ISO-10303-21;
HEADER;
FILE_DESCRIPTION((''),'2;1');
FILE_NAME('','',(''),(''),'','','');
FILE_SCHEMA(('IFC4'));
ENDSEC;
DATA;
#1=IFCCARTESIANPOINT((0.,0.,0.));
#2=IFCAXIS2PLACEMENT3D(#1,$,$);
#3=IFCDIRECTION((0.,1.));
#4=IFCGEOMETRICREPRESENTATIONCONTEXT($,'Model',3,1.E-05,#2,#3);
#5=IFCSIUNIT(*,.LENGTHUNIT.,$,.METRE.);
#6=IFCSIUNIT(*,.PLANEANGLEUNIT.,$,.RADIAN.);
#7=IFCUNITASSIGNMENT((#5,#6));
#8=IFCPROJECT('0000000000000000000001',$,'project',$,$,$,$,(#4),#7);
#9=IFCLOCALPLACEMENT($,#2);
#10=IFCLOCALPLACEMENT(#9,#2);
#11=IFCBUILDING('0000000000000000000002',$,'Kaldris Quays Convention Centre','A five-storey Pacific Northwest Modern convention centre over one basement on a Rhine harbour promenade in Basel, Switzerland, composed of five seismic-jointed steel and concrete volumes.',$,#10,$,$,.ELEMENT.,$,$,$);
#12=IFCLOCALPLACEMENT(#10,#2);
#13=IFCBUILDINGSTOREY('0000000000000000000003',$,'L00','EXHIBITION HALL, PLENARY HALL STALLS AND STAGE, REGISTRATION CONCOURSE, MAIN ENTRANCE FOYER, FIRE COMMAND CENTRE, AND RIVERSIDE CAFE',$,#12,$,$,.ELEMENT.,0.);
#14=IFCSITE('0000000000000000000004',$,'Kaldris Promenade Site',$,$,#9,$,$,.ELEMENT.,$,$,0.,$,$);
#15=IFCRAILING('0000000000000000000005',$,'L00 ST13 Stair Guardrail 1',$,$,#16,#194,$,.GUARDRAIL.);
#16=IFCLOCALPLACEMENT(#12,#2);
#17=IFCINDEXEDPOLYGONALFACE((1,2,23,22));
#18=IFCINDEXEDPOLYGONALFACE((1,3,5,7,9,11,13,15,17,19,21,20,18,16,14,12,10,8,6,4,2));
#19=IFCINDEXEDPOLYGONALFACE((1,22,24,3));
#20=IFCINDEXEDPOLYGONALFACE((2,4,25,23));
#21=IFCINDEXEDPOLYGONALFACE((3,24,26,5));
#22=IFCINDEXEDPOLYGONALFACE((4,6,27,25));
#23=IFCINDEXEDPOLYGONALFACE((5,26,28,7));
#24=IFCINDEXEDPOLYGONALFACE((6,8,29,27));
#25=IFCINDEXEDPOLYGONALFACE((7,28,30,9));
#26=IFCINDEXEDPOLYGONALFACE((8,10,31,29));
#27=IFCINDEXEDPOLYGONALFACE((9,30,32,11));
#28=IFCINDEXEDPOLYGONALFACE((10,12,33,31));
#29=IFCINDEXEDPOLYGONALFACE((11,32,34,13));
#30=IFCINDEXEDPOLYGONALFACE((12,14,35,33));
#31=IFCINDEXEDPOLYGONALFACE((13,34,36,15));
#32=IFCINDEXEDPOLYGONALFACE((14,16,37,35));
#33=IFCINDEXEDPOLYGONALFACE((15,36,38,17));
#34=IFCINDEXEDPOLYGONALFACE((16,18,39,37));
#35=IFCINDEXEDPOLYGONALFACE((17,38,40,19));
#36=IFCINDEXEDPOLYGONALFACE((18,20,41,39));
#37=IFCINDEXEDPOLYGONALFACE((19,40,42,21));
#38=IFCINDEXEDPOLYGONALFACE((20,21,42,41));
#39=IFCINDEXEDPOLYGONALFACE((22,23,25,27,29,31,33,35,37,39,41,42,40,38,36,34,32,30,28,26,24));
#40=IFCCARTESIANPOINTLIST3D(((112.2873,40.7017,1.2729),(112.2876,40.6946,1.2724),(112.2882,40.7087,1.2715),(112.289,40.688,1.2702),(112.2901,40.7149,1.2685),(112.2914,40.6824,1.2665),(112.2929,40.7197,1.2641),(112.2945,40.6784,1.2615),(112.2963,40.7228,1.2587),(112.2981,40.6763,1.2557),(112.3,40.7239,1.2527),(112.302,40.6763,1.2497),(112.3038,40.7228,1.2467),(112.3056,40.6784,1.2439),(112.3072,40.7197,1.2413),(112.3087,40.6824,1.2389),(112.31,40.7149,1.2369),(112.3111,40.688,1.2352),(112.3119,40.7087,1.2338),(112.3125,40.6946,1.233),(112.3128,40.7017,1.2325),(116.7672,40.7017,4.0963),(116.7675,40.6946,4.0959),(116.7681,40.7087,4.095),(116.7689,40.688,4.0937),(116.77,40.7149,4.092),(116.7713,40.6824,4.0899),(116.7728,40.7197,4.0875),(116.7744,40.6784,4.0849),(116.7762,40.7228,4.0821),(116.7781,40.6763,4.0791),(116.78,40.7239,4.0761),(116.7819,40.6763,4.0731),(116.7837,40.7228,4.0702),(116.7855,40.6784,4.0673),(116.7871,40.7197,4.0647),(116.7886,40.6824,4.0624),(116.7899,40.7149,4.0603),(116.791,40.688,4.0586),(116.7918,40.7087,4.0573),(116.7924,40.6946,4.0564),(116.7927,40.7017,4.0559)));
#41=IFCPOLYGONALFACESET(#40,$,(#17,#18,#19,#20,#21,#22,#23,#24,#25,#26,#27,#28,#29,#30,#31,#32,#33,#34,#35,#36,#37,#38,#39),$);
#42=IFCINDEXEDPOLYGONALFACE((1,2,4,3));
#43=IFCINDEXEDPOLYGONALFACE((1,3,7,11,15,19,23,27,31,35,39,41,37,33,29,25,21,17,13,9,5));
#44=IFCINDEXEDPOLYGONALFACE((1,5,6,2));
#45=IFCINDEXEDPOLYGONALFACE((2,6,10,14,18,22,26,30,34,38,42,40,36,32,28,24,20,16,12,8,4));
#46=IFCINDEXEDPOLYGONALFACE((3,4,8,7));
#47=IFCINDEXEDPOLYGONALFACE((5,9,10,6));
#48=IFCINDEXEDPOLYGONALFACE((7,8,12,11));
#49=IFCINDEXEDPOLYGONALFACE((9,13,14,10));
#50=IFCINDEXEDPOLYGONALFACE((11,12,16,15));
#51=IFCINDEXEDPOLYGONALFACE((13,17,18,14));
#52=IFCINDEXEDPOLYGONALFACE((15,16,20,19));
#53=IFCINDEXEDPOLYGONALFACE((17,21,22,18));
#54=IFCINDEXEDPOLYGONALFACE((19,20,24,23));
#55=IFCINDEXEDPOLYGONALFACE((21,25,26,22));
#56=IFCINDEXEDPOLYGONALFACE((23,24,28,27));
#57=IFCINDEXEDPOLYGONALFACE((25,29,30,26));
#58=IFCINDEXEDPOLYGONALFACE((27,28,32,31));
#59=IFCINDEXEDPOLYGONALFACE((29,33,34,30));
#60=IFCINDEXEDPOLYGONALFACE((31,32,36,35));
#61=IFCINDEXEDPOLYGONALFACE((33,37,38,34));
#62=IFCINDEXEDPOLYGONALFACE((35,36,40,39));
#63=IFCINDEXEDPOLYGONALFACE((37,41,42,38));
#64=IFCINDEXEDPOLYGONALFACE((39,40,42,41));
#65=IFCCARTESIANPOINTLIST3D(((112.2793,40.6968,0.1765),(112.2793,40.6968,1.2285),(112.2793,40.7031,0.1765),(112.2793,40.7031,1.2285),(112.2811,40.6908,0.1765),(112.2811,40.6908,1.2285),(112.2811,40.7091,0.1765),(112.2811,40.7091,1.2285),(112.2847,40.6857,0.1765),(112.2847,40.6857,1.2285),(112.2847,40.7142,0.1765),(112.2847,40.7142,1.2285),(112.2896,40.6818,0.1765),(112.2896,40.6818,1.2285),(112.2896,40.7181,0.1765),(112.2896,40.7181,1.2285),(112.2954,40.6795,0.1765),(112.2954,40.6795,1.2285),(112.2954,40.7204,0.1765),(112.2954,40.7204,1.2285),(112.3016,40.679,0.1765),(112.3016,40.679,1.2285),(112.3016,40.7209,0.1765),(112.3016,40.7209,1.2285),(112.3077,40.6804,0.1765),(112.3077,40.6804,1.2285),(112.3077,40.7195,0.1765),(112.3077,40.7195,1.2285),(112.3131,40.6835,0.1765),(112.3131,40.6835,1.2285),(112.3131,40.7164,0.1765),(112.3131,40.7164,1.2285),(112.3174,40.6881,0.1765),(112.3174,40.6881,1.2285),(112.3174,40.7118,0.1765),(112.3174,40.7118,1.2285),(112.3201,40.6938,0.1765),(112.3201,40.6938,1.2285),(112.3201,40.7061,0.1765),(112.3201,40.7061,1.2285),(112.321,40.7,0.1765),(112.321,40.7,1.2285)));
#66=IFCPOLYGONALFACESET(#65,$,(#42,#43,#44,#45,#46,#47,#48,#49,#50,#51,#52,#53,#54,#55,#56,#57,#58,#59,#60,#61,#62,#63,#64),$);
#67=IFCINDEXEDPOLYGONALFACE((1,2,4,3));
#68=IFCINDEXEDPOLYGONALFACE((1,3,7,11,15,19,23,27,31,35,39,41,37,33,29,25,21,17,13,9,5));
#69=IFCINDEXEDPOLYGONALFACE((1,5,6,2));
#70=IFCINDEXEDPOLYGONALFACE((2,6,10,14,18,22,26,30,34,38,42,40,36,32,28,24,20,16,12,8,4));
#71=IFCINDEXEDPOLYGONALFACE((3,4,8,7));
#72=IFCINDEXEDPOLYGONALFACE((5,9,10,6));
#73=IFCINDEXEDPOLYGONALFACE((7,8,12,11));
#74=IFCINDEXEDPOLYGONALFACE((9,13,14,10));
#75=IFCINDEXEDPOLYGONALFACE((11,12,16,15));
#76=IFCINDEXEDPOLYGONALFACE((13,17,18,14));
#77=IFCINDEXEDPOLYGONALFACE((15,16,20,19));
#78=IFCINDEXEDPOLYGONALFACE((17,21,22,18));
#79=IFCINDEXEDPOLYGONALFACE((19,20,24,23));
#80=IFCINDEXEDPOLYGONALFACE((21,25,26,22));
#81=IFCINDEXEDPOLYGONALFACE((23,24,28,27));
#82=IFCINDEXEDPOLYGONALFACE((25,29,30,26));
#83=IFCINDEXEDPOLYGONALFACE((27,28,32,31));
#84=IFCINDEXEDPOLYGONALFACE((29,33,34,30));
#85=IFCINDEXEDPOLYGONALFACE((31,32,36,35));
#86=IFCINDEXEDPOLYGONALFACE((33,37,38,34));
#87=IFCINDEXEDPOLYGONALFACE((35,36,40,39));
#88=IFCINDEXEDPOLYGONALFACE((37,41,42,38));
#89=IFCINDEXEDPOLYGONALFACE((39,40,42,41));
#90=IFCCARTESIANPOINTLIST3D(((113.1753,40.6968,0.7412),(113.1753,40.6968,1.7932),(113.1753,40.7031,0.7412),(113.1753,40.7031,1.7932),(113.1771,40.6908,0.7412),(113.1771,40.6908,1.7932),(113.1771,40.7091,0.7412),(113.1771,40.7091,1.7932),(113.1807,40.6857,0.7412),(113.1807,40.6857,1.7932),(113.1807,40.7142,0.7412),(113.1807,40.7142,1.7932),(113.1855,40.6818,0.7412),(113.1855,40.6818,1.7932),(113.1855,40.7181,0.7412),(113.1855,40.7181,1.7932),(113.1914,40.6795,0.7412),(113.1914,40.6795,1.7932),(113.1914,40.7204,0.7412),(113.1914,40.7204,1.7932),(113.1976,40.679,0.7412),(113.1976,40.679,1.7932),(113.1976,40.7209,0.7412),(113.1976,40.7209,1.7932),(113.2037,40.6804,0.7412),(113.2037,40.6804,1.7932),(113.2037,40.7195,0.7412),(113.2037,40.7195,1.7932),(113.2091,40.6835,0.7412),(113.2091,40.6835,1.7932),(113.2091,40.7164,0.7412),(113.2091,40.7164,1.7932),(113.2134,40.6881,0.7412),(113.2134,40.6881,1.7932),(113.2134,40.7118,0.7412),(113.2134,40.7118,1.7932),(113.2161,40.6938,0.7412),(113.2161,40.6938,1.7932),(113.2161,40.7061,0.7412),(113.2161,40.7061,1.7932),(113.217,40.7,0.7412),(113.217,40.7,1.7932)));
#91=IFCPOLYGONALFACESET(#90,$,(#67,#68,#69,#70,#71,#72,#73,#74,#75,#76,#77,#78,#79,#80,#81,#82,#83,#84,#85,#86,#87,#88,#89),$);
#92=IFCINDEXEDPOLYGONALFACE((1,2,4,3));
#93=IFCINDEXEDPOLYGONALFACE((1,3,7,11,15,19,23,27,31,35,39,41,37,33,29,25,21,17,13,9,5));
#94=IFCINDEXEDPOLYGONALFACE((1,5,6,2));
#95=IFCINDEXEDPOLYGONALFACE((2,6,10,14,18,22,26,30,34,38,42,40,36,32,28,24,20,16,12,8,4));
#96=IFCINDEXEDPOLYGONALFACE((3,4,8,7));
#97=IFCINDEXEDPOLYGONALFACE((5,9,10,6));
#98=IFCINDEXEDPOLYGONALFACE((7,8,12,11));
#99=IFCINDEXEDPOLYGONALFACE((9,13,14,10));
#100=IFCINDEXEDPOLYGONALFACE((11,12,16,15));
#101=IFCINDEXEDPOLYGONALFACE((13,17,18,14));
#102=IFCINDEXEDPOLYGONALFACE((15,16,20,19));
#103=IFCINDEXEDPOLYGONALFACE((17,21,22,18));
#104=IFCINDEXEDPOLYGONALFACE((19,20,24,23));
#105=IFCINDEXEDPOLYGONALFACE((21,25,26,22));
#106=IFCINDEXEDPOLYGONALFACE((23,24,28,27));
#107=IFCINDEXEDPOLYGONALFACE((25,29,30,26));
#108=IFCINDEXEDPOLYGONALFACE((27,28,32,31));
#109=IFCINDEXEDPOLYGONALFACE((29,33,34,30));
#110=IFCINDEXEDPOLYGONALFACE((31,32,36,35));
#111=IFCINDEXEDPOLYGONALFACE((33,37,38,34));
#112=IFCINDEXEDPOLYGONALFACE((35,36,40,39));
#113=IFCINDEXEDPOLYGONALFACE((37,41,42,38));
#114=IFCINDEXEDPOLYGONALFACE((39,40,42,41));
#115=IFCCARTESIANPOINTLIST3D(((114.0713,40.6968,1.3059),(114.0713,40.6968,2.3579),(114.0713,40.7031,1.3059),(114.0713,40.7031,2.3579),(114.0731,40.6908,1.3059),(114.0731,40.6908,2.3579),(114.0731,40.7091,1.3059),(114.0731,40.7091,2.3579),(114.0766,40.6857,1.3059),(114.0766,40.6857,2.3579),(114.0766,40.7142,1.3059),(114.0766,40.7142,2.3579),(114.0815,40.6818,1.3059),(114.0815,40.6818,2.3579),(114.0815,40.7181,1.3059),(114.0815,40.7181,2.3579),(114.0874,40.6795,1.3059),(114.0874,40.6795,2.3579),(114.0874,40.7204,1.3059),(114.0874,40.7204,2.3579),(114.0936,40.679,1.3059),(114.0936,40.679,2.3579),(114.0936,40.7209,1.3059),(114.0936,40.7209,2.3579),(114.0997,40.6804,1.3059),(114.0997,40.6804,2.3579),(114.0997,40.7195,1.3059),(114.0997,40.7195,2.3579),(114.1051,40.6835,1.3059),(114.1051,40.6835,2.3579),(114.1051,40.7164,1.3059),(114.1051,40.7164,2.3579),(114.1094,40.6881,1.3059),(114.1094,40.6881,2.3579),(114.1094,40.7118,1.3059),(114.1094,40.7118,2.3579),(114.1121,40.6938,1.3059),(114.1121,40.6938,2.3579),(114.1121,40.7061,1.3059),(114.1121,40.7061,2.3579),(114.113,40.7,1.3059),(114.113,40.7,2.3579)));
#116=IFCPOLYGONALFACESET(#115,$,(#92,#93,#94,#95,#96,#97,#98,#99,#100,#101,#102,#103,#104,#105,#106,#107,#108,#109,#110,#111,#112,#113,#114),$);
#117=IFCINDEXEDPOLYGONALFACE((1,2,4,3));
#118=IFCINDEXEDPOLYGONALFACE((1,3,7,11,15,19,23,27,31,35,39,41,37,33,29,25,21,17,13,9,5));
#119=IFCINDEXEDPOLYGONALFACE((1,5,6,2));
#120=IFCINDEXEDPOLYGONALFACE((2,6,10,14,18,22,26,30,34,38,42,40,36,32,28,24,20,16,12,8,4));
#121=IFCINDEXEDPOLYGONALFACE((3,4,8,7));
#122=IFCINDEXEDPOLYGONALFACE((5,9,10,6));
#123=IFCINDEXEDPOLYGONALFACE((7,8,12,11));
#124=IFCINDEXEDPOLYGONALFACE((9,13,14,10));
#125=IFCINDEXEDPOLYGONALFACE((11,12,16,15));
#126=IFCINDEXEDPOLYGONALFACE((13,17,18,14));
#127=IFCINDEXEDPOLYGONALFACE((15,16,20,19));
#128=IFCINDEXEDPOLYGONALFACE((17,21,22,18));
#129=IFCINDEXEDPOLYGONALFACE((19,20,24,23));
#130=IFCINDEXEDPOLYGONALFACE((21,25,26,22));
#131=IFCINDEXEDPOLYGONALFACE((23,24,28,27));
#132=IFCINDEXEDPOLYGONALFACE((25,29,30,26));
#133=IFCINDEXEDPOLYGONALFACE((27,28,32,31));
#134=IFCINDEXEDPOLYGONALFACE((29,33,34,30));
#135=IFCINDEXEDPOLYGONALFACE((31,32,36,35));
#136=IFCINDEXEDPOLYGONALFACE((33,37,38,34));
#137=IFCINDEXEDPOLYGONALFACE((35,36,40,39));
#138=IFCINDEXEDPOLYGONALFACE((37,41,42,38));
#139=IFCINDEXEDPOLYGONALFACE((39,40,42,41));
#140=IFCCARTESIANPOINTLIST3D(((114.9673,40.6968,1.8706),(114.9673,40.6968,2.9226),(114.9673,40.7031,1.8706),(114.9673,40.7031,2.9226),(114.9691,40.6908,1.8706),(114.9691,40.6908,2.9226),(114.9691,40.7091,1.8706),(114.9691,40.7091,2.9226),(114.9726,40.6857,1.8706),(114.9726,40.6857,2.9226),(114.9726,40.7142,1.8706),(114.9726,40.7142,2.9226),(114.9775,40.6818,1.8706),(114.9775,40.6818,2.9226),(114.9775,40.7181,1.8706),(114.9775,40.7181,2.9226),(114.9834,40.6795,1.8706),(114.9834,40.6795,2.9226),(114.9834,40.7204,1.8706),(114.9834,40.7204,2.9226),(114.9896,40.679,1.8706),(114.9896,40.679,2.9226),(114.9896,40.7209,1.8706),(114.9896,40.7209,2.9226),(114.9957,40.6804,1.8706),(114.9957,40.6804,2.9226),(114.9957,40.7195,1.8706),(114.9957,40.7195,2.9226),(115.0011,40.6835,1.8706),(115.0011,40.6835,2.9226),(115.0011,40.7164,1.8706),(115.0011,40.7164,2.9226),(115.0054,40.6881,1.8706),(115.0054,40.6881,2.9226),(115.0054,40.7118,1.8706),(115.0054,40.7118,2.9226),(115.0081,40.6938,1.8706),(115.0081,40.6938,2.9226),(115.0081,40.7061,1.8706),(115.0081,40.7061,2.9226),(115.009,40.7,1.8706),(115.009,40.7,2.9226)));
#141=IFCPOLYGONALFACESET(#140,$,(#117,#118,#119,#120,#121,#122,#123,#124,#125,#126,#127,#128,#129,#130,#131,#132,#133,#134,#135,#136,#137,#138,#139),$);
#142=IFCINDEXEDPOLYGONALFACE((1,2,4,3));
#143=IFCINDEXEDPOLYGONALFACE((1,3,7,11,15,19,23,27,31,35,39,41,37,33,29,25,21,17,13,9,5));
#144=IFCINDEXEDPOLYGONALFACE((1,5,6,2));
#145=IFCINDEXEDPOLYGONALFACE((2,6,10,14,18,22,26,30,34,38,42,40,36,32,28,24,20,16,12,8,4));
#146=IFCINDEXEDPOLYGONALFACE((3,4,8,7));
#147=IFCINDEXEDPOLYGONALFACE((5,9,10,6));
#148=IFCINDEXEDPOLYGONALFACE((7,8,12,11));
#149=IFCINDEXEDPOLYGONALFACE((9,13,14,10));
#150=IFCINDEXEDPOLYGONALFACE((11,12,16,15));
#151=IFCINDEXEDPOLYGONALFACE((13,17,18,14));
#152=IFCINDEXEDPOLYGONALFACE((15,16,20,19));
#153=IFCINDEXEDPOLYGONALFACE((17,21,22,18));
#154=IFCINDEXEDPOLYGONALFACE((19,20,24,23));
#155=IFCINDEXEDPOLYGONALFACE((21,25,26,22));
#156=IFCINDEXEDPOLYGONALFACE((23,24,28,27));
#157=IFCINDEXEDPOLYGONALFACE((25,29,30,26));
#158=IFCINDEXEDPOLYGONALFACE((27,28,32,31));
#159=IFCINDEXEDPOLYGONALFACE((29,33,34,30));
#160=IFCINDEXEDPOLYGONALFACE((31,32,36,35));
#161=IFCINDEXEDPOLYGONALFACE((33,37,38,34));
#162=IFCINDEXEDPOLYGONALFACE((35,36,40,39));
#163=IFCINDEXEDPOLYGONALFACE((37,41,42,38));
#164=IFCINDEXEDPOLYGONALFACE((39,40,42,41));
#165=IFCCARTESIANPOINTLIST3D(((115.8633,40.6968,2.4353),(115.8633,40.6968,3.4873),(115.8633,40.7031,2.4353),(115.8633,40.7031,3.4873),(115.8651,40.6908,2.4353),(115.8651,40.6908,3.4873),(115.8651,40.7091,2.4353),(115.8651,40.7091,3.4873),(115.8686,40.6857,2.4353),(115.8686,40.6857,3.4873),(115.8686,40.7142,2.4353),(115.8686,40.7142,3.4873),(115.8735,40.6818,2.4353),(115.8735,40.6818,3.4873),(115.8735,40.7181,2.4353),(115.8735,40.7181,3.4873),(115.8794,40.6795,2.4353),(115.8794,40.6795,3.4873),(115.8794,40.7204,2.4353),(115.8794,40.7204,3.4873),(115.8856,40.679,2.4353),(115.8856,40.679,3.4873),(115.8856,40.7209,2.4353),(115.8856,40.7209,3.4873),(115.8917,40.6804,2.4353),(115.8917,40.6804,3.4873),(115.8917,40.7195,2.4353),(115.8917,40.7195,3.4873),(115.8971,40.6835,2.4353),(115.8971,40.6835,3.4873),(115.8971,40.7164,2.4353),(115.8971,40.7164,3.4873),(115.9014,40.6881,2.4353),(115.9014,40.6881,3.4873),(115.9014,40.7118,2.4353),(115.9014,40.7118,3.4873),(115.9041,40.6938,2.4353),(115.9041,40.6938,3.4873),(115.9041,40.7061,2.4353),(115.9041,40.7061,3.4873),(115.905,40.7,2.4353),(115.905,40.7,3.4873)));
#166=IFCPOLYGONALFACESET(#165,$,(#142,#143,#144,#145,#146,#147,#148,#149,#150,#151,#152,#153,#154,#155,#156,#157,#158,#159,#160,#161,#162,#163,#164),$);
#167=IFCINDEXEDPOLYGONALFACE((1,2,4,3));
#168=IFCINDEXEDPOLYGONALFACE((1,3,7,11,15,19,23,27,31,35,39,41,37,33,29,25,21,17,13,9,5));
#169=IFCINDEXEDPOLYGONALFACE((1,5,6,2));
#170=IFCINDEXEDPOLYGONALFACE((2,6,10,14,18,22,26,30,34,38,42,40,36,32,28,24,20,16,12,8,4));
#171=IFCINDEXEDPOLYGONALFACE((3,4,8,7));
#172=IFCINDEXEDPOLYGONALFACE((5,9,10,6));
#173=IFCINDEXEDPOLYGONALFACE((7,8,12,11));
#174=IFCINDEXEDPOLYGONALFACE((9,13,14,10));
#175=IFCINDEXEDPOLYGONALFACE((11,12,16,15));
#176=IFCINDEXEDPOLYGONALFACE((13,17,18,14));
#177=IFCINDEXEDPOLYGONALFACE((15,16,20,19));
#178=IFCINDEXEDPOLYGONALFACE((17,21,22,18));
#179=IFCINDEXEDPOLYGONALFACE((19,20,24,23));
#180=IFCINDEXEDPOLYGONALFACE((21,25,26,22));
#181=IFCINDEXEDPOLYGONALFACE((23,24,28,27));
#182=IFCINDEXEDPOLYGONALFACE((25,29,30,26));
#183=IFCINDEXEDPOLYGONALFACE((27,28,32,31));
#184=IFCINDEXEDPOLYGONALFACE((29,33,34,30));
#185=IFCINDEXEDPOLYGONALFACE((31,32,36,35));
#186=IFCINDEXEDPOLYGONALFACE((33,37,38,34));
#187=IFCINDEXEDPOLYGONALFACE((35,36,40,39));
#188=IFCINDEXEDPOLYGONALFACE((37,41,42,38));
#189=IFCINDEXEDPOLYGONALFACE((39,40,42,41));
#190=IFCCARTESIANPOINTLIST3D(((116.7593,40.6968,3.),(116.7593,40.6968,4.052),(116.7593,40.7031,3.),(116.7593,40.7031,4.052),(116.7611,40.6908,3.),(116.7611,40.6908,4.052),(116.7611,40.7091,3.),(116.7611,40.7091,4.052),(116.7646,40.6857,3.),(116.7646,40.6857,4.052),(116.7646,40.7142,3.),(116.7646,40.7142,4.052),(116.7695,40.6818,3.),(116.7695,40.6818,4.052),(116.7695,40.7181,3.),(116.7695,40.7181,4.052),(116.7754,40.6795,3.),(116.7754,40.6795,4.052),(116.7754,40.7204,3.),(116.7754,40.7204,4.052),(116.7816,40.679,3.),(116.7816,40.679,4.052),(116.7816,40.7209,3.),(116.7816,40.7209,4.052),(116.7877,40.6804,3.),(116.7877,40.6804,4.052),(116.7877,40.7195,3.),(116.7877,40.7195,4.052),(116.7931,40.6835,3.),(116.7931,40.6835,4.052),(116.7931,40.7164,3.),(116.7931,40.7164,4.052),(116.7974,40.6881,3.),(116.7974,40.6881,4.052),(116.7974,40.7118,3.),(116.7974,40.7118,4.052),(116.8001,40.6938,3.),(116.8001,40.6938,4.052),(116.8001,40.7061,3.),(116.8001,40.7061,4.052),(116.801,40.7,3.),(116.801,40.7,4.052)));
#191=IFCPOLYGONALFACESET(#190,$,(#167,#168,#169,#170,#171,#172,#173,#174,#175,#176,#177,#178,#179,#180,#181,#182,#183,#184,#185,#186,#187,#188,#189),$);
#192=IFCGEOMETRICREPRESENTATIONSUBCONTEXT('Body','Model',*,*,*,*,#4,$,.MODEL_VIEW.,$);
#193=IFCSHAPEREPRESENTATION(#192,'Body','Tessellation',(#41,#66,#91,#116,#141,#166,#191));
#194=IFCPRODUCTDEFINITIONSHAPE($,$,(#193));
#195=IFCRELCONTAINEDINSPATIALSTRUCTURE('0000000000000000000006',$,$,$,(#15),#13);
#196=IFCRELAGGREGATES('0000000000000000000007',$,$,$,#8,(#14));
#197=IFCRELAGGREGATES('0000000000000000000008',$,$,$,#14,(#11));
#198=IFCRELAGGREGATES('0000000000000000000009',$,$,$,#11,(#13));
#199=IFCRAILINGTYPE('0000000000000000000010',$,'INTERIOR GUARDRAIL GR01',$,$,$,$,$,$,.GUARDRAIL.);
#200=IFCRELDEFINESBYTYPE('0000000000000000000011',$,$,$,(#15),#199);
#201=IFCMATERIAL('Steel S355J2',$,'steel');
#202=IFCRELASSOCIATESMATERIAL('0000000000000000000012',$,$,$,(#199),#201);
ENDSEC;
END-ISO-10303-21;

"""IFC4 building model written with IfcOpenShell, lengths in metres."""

from ifc_helpers import new_model, si_unit, direction, frame, origin, origin_2d, place, context, subcontext, project, spatial, circle, extrude, material, type_object, element, save


model = new_model("IFC4")

# Units and contexts
model_context = context("Model", 3, precision=1e-05, world=origin(), true_north=direction((0.0, 1.0)))
body_context = subcontext(model_context, "Body", "Model", "MODEL_VIEW")
ifc_project = project(units=[si_unit("LENGTHUNIT", "METRE"), si_unit("PLANEANGLEUNIT", "RADIAN")], contexts=[model_context])

# Site, building, storey
site_placement = place(None, origin())
site = spatial("IfcSite", under=ifc_project, at=site_placement, Name="Kaldris Promenade Site", CompositionType="ELEMENT", RefElevation=0.0)
building_placement = place(site_placement, origin())
building = spatial("IfcBuilding", under=site, at=building_placement, Name="Kaldris Quays Convention Centre", Description="A five-storey Pacific Northwest Modern convention centre over one basement on a Rhine harbour promenade in Basel, Switzerland, composed of five seismic-jointed steel and concrete volumes.", CompositionType="ELEMENT")
storey_placement = place(building_placement, origin())
storey = spatial("IfcBuildingStorey", under=building, at=storey_placement, Name="L00", Description="EXHIBITION HALL, PLENARY HALL STALLS AND STAGE, REGISTRATION CONCOURSE, MAIN ENTRANCE FOYER, FIRE COMMAND CENTRE, AND RIVERSIDE CAFE", CompositionType="ELEMENT", Elevation=0.0)

# Shared definitions
ifc_material_1 = material(Name="Steel S355J2", Category="steel")

# Railing
railing_type_1 = type_object("IfcRailingType", Name="INTERIOR GUARDRAIL GR01", PredefinedType="GUARDRAIL", material=ifc_material_1)
railing_1_placement = place(storey_placement, frame((112.3, 40.7, 0.1765)))
element("IfcRailing", 1, at=railing_1_placement, inside=storey, type_object=railing_type_1, Name="L00 ST13 Stair Guardrail 1", PredefinedType="GUARDRAIL", context=body_context, shape_type="SweptSolid", body=[
    extrude(circle(Radius=0.0239, at=origin_2d()), frame((0.0, 0.0, 1.0762), z_axis=(0.845998, 0.0, 0.533186), x_axis=(0.0, 1.0, 0.0)), (0.0, 0.0, 1.0), 5.2954),
    extrude(circle(Radius=0.021, at=origin_2d()), origin(), (0.0, 0.0, 1.0), 1.052),
    extrude(circle(Radius=0.021, at=origin_2d()), frame((0.896, 0.0, 0.5647)), (0.0, 0.0, 1.0), 1.052),
    extrude(circle(Radius=0.021, at=origin_2d()), frame((1.792, 0.0, 1.1294)), (0.0, 0.0, 1.0), 1.052),
    extrude(circle(Radius=0.021, at=origin_2d()), frame((2.688, 0.0, 1.6941)), (0.0, 0.0, 1.0), 1.052),
    extrude(circle(Radius=0.021, at=origin_2d()), frame((3.584, 0.0, 2.2588)), (0.0, 0.0, 1.0), 1.052),
    extrude(circle(Radius=0.021, at=origin_2d()), frame((4.48, 0.0, 2.8235)), (0.0, 0.0, 1.0), 1.052),
])

save(model, "model.ifc")
